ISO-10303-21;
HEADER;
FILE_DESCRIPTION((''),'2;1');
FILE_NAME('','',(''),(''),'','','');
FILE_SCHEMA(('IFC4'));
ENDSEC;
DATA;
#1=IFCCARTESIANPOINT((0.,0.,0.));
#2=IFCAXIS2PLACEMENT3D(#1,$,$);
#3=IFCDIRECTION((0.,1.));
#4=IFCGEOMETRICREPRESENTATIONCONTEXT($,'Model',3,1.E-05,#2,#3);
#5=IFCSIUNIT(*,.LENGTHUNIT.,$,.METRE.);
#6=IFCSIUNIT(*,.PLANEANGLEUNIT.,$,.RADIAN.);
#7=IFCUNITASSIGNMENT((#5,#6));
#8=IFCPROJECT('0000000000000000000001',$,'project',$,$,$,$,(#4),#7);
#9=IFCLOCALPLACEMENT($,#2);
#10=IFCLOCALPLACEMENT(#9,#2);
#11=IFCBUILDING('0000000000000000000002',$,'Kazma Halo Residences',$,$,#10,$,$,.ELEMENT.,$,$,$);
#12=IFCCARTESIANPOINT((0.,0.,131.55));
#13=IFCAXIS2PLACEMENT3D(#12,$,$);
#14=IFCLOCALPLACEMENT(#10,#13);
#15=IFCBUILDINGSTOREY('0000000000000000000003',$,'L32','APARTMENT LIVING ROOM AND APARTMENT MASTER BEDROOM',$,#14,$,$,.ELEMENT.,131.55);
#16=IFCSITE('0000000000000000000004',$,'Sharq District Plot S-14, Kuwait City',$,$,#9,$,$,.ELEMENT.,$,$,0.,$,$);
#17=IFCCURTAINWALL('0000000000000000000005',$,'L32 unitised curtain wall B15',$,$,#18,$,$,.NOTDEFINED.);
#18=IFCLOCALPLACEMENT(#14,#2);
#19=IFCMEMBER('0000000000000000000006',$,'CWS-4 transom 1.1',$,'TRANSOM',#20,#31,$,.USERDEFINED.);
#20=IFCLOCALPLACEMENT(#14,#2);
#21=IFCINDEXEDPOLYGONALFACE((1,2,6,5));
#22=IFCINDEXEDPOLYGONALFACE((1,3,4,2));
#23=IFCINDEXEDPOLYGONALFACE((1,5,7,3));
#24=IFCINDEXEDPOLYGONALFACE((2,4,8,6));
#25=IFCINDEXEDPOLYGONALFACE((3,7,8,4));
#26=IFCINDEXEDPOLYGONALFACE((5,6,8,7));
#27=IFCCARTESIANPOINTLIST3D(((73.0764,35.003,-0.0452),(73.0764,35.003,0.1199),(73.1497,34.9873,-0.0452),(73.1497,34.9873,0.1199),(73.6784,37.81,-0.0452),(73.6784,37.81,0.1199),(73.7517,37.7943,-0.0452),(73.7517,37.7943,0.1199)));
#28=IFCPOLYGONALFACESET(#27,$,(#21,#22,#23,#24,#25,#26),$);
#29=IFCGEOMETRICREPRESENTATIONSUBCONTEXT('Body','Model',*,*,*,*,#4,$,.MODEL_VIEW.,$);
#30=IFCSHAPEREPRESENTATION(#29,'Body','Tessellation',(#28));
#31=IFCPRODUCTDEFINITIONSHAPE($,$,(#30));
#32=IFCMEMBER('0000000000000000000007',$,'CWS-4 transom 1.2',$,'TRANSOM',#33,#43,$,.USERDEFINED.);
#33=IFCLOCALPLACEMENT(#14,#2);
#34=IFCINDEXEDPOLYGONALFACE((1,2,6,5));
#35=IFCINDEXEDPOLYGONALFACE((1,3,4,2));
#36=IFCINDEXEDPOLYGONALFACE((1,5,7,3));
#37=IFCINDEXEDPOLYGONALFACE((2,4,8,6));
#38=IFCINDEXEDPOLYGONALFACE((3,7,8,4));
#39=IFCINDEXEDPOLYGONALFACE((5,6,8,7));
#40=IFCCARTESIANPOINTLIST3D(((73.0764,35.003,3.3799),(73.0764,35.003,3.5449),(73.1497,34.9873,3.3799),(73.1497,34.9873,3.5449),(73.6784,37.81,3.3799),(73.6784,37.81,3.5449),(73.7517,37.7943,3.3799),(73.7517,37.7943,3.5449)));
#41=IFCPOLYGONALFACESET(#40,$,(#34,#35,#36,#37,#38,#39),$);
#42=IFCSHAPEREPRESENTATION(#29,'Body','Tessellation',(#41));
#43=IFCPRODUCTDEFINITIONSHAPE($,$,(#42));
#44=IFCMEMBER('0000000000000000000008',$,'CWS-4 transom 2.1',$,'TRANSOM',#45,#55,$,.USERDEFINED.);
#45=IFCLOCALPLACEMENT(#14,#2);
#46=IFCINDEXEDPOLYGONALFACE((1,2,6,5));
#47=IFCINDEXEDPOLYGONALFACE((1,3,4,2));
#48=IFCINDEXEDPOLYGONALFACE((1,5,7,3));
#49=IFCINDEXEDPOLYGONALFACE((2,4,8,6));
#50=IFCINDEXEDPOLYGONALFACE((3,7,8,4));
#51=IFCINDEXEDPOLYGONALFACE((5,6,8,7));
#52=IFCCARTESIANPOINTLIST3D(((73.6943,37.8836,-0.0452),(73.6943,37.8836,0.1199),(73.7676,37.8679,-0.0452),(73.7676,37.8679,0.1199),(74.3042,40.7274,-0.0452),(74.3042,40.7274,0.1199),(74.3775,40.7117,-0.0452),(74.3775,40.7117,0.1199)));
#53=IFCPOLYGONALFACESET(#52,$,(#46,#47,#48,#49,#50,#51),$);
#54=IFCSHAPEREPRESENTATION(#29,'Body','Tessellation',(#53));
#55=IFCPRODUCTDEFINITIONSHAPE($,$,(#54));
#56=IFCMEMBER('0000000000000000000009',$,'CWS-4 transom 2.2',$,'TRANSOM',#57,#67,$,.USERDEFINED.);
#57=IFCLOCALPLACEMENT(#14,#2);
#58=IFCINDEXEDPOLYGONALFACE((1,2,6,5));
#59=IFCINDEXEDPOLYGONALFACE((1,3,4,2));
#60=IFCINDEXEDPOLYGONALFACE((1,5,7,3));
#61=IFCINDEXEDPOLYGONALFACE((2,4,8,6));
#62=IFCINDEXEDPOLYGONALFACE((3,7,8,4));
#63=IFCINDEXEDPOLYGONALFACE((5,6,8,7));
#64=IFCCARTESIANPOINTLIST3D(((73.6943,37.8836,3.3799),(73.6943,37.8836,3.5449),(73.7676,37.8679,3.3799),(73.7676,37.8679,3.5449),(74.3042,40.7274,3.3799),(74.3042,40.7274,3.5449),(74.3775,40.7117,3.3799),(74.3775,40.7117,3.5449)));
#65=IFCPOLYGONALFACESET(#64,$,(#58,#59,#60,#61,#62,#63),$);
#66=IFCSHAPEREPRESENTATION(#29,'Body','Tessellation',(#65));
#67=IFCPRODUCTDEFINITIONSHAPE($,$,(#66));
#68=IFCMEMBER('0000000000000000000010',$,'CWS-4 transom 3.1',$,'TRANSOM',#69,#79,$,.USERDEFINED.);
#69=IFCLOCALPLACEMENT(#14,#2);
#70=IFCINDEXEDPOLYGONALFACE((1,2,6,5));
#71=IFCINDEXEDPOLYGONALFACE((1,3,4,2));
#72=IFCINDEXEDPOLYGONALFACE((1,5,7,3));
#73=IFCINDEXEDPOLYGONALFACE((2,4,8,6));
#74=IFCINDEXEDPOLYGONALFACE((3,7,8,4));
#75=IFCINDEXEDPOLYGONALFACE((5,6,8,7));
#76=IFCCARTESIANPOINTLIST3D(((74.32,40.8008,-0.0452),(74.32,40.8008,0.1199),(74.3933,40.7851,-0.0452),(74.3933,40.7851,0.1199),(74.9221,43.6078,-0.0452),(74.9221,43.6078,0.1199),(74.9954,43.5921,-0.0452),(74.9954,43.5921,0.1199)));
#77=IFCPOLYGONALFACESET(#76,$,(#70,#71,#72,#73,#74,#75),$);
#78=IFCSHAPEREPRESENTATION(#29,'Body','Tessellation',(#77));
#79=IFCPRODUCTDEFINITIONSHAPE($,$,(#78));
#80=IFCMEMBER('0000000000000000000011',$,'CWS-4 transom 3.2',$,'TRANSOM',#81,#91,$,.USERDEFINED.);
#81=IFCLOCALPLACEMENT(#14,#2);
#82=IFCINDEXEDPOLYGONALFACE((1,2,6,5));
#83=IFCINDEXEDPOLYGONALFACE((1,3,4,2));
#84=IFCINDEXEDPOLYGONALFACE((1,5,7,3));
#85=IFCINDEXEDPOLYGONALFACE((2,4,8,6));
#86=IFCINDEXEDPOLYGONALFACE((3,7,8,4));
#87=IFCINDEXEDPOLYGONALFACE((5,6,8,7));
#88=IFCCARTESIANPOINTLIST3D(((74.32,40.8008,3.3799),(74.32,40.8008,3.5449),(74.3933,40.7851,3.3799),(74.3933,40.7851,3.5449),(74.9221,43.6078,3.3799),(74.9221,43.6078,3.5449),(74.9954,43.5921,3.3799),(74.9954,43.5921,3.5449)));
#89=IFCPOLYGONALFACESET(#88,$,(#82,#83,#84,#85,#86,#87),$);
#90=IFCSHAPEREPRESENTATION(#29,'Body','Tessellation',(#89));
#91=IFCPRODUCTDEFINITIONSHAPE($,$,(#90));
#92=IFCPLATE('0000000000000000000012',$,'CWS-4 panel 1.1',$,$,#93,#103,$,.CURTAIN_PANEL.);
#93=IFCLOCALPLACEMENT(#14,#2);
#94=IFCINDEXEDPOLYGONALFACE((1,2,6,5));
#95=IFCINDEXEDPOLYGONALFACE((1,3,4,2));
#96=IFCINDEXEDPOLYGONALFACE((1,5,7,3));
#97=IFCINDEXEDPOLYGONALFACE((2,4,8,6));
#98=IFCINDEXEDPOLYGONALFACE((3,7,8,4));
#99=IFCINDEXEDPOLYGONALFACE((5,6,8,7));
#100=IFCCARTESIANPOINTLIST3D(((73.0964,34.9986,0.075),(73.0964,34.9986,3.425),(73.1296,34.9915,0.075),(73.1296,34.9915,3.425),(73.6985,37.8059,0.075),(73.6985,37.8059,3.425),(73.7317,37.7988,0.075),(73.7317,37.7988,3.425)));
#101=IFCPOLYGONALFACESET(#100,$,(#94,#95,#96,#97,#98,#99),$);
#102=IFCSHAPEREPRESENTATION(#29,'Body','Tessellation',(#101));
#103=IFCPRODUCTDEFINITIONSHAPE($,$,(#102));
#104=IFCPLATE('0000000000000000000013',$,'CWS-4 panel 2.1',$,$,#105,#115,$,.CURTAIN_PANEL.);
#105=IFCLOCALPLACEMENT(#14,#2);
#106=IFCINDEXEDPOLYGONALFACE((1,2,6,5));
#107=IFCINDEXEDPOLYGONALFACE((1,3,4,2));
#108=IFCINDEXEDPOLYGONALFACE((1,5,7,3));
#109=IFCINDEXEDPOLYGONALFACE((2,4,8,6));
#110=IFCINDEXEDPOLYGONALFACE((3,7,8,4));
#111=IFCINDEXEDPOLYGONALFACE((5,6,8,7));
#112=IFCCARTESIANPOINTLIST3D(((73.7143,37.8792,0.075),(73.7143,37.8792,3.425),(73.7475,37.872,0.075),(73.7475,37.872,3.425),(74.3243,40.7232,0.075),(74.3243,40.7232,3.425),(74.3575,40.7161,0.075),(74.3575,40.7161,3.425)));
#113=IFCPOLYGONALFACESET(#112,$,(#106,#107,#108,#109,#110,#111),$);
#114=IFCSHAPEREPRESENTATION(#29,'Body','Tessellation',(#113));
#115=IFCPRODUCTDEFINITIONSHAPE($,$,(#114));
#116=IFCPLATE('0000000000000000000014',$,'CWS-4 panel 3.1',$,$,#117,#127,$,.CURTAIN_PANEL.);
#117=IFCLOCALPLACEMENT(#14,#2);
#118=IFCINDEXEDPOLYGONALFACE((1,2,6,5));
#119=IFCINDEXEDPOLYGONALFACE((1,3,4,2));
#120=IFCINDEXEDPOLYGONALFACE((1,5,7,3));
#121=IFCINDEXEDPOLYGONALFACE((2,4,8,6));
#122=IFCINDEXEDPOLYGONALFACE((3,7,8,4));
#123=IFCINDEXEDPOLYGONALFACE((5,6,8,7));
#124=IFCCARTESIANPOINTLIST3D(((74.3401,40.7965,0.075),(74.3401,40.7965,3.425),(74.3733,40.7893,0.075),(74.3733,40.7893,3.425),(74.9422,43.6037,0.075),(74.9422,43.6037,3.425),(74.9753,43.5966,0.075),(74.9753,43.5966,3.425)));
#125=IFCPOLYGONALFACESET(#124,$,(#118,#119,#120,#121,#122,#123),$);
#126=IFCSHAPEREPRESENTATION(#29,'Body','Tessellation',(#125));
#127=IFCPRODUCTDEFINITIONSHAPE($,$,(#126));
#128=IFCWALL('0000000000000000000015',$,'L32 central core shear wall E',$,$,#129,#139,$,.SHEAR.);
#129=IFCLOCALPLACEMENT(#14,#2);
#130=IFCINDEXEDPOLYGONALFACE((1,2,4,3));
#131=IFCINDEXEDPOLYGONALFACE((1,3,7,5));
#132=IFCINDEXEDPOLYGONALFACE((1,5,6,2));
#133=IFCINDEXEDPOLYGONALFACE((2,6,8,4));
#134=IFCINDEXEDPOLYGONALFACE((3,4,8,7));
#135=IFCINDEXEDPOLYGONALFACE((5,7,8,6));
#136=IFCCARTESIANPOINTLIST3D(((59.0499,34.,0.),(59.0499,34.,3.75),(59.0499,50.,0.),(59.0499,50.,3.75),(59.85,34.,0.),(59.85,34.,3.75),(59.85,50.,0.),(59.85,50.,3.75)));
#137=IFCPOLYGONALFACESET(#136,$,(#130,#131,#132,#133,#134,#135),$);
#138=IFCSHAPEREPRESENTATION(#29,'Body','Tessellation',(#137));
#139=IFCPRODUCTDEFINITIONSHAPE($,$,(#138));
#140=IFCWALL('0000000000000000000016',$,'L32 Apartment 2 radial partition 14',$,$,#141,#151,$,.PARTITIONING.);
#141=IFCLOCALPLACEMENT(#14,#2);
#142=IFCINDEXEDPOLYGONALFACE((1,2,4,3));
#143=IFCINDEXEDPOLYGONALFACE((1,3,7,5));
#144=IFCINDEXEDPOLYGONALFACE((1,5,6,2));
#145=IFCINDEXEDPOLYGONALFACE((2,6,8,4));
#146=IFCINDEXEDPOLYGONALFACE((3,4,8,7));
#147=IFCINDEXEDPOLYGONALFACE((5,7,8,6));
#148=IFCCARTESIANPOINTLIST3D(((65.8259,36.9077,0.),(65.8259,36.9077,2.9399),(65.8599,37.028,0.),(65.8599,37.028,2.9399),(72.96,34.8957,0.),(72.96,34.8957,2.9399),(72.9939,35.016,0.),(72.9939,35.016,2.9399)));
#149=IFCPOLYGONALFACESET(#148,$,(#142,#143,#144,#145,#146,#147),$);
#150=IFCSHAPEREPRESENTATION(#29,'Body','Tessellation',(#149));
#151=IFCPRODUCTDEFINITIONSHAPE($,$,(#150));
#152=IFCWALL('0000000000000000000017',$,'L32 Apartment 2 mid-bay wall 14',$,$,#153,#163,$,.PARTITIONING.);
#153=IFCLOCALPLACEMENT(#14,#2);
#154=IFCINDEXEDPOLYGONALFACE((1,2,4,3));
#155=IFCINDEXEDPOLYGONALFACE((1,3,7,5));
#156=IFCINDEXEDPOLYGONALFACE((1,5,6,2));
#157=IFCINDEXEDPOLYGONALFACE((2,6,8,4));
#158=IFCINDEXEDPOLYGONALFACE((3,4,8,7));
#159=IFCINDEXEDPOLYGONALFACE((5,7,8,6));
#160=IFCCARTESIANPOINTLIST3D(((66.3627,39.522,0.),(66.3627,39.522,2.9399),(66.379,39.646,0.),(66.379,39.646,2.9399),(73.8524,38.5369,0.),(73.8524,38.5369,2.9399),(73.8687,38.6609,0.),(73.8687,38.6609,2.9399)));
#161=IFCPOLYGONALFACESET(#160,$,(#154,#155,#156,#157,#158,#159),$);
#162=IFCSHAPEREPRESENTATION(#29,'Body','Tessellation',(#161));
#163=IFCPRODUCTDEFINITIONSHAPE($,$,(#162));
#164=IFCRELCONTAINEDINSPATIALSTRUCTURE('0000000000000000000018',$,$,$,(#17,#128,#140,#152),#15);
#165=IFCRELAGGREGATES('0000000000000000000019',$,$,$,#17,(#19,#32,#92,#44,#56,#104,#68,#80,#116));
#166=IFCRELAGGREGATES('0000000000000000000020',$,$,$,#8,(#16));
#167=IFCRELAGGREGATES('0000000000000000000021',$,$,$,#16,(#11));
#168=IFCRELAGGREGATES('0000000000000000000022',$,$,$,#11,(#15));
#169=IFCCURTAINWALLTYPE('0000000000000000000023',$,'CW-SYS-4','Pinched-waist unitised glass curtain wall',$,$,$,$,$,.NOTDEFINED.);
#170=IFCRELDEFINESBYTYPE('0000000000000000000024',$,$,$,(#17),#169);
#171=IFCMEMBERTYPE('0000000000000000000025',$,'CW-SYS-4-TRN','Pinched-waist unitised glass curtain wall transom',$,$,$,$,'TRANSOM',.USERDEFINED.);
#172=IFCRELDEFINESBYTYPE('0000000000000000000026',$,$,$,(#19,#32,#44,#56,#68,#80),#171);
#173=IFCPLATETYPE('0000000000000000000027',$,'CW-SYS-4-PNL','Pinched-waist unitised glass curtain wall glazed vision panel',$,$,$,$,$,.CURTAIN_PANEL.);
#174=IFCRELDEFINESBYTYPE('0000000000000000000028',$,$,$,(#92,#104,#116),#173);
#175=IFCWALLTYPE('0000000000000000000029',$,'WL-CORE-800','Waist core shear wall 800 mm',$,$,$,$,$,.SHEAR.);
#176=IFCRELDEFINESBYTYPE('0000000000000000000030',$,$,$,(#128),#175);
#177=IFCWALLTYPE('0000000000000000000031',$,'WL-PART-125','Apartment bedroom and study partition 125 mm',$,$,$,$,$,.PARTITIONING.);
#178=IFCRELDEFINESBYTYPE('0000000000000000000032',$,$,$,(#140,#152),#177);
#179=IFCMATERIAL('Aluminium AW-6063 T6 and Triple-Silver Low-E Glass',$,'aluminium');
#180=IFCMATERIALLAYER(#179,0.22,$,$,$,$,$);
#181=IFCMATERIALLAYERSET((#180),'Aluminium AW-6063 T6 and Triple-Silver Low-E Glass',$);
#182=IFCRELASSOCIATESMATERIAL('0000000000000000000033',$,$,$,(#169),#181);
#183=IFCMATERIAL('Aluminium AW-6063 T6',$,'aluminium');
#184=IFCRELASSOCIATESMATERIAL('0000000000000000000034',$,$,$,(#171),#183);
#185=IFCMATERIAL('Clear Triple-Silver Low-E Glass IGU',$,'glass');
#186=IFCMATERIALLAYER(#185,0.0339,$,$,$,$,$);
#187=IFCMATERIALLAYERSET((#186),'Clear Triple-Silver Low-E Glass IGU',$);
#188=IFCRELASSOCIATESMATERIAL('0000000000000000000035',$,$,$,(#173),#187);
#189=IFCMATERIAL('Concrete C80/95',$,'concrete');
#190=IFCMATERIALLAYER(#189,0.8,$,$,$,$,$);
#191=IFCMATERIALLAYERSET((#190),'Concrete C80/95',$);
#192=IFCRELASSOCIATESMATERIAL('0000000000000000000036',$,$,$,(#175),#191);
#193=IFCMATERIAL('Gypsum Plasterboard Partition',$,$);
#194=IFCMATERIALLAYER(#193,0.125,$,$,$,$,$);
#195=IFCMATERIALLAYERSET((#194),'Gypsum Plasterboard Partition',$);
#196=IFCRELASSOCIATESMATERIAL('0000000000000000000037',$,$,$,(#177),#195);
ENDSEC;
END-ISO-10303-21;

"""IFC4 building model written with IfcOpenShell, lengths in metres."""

from ifc_helpers import new_model, si_unit, direction, frame, frame_2d, origin, origin_2d, place, context, subcontext, project, spatial, rectangle, extrude, material, layer, layer_set, material_profile, profile_set, type_object, element, aggregate, save


model = new_model("IFC4")

# Units and contexts
model_context = context("Model", 3, precision=1e-05, world=origin(), true_north=direction((0.0, 1.0)))
body_context = subcontext(model_context, "Body", "Model", "MODEL_VIEW")
ifc_project = project(units=[si_unit("LENGTHUNIT", "METRE"), si_unit("PLANEANGLEUNIT", "RADIAN")], contexts=[model_context])

# Site, building, storey
site_placement = place(None, origin())
site = spatial("IfcSite", under=ifc_project, at=site_placement, Name="Sharq District Plot S-14, Kuwait City", CompositionType="ELEMENT", RefElevation=0.0)
building_placement = place(site_placement, origin())
building = spatial("IfcBuilding", under=site, at=building_placement, Name="Kazma Halo Residences", CompositionType="ELEMENT")
storey_placement = place(building_placement, frame((0.0, 0.0, 131.55)))
storey = spatial("IfcBuildingStorey", under=building, at=storey_placement, Name="L32", Description="APARTMENT LIVING ROOM AND APARTMENT MASTER BEDROOM", CompositionType="ELEMENT", Elevation=131.55)

# Shared definitions
ifc_material_1 = material(Name="Concrete C80/95", Category="concrete")

# Curtain wall, members, plates
ifc_material_2 = material(Name="Aluminium AW-6063 T6 and Triple-Silver Low-E Glass", Category="aluminium")
ifc_layer_1 = layer(ifc_material_2, 0.22)
ifc_layer_set_1 = layer_set([ifc_layer_1], Name="Aluminium AW-6063 T6 and Triple-Silver Low-E Glass")
curtain_wall_type = type_object("IfcCurtainWallType", Name="CW-SYS-4", Description="Pinched-waist unitised glass curtain wall", PredefinedType="NOTDEFINED", material=ifc_layer_set_1)
curtain_wall_placement = place(storey_placement, origin())
curtain_wall = element("IfcCurtainWall", 1, at=curtain_wall_placement, inside=storey, type_object=curtain_wall_type, Name="L32 unitised curtain wall B15", PredefinedType="NOTDEFINED")
ifc_material_3 = material(Name="Aluminium AW-6063 T6", Category="aluminium")
ifc_material_profile_1 = material_profile(ifc_material_3, rectangle(XDim=0.075, YDim=0.165, at=origin_2d()), Name="CWT-75x165")
ifc_profile_set_1 = profile_set([ifc_material_profile_1], Name="Aluminium AW-6063 T6")
member_type_1 = type_object("IfcMemberType", Name="CW-SYS-4-TRN", Description="Pinched-waist unitised glass curtain wall transom", ElementType="TRANSOM", PredefinedType="USERDEFINED", material=ifc_profile_set_1)
member_1_placement = place(storey_placement, frame((73.113, 34.9951, 0.0374), z_axis=(0.209703, 0.977765, 0.0), x_axis=(-0.977765, 0.209703, 0.0)))
member_1 = element("IfcMember", 2, at=member_1_placement, type_object=member_type_1, Name="CWS-4 transom 1.1", ObjectType="TRANSOM", PredefinedType="USERDEFINED", context=body_context, shape_type="SweptSolid", body=[
    extrude(rectangle(XDim=0.075, YDim=0.165, at=origin_2d()), origin(), (0.0, 0.0, 1.0), 2.8708),
])
member_2_placement = place(storey_placement, frame((73.113, 34.9951, 3.4624), z_axis=(0.209703, 0.977765, 0.0), x_axis=(-0.977765, 0.209703, 0.0)))
member_2 = element("IfcMember", 3, at=member_2_placement, type_object=member_type_1, Name="CWS-4 transom 1.2", ObjectType="TRANSOM", PredefinedType="USERDEFINED", context=body_context, shape_type="SweptSolid", body=[
    extrude(rectangle(XDim=0.075, YDim=0.165, at=origin_2d()), origin(), (0.0, 0.0, 1.0), 2.8708),
])
member_3_placement = place(storey_placement, frame((73.731, 37.8757, 0.0374), z_axis=(0.20969, 0.977768, 0.0), x_axis=(-0.977768, 0.20969, 0.0)))
member_3 = element("IfcMember", 4, at=member_3_placement, type_object=member_type_1, Name="CWS-4 transom 2.1", ObjectType="TRANSOM", PredefinedType="USERDEFINED", context=body_context, shape_type="SweptSolid", body=[
    extrude(rectangle(XDim=0.075, YDim=0.165, at=origin_2d()), origin(), (0.0, 0.0, 1.0), 2.9084),
])
member_4_placement = place(storey_placement, frame((73.731, 37.8757, 3.4624), z_axis=(0.20969, 0.977768, 0.0), x_axis=(-0.977768, 0.20969, 0.0)))
member_4 = element("IfcMember", 5, at=member_4_placement, type_object=member_type_1, Name="CWS-4 transom 2.2", ObjectType="TRANSOM", PredefinedType="USERDEFINED", context=body_context, shape_type="SweptSolid", body=[
    extrude(rectangle(XDim=0.075, YDim=0.165, at=origin_2d()), origin(), (0.0, 0.0, 1.0), 2.9084),
])
member_5_placement = place(storey_placement, frame((74.3567, 40.793, 0.0374), z_axis=(0.209703, 0.977765, 0.0), x_axis=(-0.977765, 0.209703, 0.0)))
member_5 = element("IfcMember", 6, at=member_5_placement, type_object=member_type_1, Name="CWS-4 transom 3.1", ObjectType="TRANSOM", PredefinedType="USERDEFINED", context=body_context, shape_type="SweptSolid", body=[
    extrude(rectangle(XDim=0.075, YDim=0.165, at=origin_2d()), origin(), (0.0, 0.0, 1.0), 2.8708),
])
member_6_placement = place(storey_placement, frame((74.3567, 40.793, 3.4624), z_axis=(0.209703, 0.977765, 0.0), x_axis=(-0.977765, 0.209703, 0.0)))
member_6 = element("IfcMember", 7, at=member_6_placement, type_object=member_type_1, Name="CWS-4 transom 3.2", ObjectType="TRANSOM", PredefinedType="USERDEFINED", context=body_context, shape_type="SweptSolid", body=[
    extrude(rectangle(XDim=0.075, YDim=0.165, at=origin_2d()), origin(), (0.0, 0.0, 1.0), 2.8708),
])
ifc_material_4 = material(Name="Clear Triple-Silver Low-E Glass IGU", Category="glass")
ifc_layer_2 = layer(ifc_material_4, 0.0339)
ifc_layer_set_2 = layer_set([ifc_layer_2], Name="Clear Triple-Silver Low-E Glass IGU")
plate_type = type_object("IfcPlateType", Name="CW-SYS-4-PNL", Description="Pinched-waist unitised glass curtain wall glazed vision panel", PredefinedType="CURTAIN_PANEL", material=ifc_layer_set_2)
plate_1_placement = place(storey_placement, frame((73.4141, 36.3987, 0.075), z_axis=(0.0, 0.0, 1.0), x_axis=(0.209704, 0.977765, 0.0)))
plate_1 = element("IfcPlate", 8, at=plate_1_placement, type_object=plate_type, Name="CWS-4 panel 1.1", PredefinedType="CURTAIN_PANEL", context=body_context, shape_type="SweptSolid", body=[
    extrude(rectangle(XDim=2.8711, YDim=0.0339, at=origin_2d()), origin(), (0.0, 0.0, 1.0), 3.3501),
])
plate_2_placement = place(storey_placement, frame((74.0359, 39.2976, 0.075), z_axis=(0.0, 0.0, 1.0), x_axis=(0.209704, 0.977765, 0.0)))
plate_2 = element("IfcPlate", 9, at=plate_2_placement, type_object=plate_type, Name="CWS-4 panel 2.1", PredefinedType="CURTAIN_PANEL", context=body_context, shape_type="SweptSolid", body=[
    extrude(rectangle(XDim=2.9087, YDim=0.0339, at=origin_2d()), origin(), (0.0, 0.0, 1.0), 3.3501),
])
plate_3_placement = place(storey_placement, frame((74.6577, 42.1965, 0.075), z_axis=(0.0, 0.0, 1.0), x_axis=(0.209704, 0.977765, 0.0)))
plate_3 = element("IfcPlate", 10, at=plate_3_placement, type_object=plate_type, Name="CWS-4 panel 3.1", PredefinedType="CURTAIN_PANEL", context=body_context, shape_type="SweptSolid", body=[
    extrude(rectangle(XDim=2.8711, YDim=0.0339, at=origin_2d()), origin(), (0.0, 0.0, 1.0), 3.3501),
])
aggregate(curtain_wall, [member_1, member_2, plate_1, member_3, member_4, plate_2, member_5, member_6, plate_3])

# Walls
ifc_layer_3 = layer(ifc_material_1, 0.8)
ifc_layer_set_3 = layer_set([ifc_layer_3], Name="Concrete C80/95")
wall_type_1 = type_object("IfcWallType", Name="WL-CORE-800", Description="Waist core shear wall 800 mm", PredefinedType="SHEAR", material=ifc_layer_set_3)
wall_1_placement = place(storey_placement, frame((59.45, 34.0, 0.0), z_axis=(0.0, 0.0, 1.0), x_axis=(0.0, 1.0, 0.0)))
element("IfcWall", 11, at=wall_1_placement, inside=storey, type_object=wall_type_1, Name="L32 central core shear wall E", PredefinedType="SHEAR", context=body_context, shape_type="SweptSolid", body=[
    extrude(rectangle(XDim=16.0, YDim=0.8, at=frame_2d((8.0, 0.0))), origin(), (0.0, 0.0, 1.0), 3.75),
])
ifc_material_5 = material(Name="Gypsum Plasterboard Partition")
ifc_layer_4 = layer(ifc_material_5, 0.125)
ifc_layer_set_4 = layer_set([ifc_layer_4], Name="Gypsum Plasterboard Partition")
wall_type_2 = type_object("IfcWallType", Name="WL-PART-125", Description="Apartment bedroom and study partition 125 mm", PredefinedType="PARTITIONING", material=ifc_layer_set_4)
wall_2_placement = place(storey_placement, frame((65.843, 36.9678, 0.0), z_axis=(0.0, 0.0, 1.0), x_axis=(0.962457, -0.271435, 0.0)))
element("IfcWall", 12, at=wall_2_placement, inside=storey, type_object=wall_type_2, Name="L32 Apartment 2 radial partition 14", PredefinedType="PARTITIONING", context=body_context, shape_type="SweptSolid", body=[
    extrude(rectangle(XDim=7.4124, YDim=0.125, at=frame_2d((3.7061, 0.0))), origin(), (0.0, 0.0, 1.0), 2.9399),
])
wall_3_placement = place(storey_placement, frame((66.3708, 39.584, 0.0), z_axis=(0.0, 0.0, 1.0), x_axis=(0.991461, -0.130404, 0.0)))
element("IfcWall", 13, at=wall_3_placement, inside=storey, type_object=wall_type_2, Name="L32 Apartment 2 mid-bay wall 14", PredefinedType="PARTITIONING", context=body_context, shape_type="SweptSolid", body=[
    extrude(rectangle(XDim=7.5542, YDim=0.125, at=frame_2d((3.7771, 0.0))), origin(), (0.0, 0.0, 1.0), 2.9399),
])

save(model, "model.ifc")
